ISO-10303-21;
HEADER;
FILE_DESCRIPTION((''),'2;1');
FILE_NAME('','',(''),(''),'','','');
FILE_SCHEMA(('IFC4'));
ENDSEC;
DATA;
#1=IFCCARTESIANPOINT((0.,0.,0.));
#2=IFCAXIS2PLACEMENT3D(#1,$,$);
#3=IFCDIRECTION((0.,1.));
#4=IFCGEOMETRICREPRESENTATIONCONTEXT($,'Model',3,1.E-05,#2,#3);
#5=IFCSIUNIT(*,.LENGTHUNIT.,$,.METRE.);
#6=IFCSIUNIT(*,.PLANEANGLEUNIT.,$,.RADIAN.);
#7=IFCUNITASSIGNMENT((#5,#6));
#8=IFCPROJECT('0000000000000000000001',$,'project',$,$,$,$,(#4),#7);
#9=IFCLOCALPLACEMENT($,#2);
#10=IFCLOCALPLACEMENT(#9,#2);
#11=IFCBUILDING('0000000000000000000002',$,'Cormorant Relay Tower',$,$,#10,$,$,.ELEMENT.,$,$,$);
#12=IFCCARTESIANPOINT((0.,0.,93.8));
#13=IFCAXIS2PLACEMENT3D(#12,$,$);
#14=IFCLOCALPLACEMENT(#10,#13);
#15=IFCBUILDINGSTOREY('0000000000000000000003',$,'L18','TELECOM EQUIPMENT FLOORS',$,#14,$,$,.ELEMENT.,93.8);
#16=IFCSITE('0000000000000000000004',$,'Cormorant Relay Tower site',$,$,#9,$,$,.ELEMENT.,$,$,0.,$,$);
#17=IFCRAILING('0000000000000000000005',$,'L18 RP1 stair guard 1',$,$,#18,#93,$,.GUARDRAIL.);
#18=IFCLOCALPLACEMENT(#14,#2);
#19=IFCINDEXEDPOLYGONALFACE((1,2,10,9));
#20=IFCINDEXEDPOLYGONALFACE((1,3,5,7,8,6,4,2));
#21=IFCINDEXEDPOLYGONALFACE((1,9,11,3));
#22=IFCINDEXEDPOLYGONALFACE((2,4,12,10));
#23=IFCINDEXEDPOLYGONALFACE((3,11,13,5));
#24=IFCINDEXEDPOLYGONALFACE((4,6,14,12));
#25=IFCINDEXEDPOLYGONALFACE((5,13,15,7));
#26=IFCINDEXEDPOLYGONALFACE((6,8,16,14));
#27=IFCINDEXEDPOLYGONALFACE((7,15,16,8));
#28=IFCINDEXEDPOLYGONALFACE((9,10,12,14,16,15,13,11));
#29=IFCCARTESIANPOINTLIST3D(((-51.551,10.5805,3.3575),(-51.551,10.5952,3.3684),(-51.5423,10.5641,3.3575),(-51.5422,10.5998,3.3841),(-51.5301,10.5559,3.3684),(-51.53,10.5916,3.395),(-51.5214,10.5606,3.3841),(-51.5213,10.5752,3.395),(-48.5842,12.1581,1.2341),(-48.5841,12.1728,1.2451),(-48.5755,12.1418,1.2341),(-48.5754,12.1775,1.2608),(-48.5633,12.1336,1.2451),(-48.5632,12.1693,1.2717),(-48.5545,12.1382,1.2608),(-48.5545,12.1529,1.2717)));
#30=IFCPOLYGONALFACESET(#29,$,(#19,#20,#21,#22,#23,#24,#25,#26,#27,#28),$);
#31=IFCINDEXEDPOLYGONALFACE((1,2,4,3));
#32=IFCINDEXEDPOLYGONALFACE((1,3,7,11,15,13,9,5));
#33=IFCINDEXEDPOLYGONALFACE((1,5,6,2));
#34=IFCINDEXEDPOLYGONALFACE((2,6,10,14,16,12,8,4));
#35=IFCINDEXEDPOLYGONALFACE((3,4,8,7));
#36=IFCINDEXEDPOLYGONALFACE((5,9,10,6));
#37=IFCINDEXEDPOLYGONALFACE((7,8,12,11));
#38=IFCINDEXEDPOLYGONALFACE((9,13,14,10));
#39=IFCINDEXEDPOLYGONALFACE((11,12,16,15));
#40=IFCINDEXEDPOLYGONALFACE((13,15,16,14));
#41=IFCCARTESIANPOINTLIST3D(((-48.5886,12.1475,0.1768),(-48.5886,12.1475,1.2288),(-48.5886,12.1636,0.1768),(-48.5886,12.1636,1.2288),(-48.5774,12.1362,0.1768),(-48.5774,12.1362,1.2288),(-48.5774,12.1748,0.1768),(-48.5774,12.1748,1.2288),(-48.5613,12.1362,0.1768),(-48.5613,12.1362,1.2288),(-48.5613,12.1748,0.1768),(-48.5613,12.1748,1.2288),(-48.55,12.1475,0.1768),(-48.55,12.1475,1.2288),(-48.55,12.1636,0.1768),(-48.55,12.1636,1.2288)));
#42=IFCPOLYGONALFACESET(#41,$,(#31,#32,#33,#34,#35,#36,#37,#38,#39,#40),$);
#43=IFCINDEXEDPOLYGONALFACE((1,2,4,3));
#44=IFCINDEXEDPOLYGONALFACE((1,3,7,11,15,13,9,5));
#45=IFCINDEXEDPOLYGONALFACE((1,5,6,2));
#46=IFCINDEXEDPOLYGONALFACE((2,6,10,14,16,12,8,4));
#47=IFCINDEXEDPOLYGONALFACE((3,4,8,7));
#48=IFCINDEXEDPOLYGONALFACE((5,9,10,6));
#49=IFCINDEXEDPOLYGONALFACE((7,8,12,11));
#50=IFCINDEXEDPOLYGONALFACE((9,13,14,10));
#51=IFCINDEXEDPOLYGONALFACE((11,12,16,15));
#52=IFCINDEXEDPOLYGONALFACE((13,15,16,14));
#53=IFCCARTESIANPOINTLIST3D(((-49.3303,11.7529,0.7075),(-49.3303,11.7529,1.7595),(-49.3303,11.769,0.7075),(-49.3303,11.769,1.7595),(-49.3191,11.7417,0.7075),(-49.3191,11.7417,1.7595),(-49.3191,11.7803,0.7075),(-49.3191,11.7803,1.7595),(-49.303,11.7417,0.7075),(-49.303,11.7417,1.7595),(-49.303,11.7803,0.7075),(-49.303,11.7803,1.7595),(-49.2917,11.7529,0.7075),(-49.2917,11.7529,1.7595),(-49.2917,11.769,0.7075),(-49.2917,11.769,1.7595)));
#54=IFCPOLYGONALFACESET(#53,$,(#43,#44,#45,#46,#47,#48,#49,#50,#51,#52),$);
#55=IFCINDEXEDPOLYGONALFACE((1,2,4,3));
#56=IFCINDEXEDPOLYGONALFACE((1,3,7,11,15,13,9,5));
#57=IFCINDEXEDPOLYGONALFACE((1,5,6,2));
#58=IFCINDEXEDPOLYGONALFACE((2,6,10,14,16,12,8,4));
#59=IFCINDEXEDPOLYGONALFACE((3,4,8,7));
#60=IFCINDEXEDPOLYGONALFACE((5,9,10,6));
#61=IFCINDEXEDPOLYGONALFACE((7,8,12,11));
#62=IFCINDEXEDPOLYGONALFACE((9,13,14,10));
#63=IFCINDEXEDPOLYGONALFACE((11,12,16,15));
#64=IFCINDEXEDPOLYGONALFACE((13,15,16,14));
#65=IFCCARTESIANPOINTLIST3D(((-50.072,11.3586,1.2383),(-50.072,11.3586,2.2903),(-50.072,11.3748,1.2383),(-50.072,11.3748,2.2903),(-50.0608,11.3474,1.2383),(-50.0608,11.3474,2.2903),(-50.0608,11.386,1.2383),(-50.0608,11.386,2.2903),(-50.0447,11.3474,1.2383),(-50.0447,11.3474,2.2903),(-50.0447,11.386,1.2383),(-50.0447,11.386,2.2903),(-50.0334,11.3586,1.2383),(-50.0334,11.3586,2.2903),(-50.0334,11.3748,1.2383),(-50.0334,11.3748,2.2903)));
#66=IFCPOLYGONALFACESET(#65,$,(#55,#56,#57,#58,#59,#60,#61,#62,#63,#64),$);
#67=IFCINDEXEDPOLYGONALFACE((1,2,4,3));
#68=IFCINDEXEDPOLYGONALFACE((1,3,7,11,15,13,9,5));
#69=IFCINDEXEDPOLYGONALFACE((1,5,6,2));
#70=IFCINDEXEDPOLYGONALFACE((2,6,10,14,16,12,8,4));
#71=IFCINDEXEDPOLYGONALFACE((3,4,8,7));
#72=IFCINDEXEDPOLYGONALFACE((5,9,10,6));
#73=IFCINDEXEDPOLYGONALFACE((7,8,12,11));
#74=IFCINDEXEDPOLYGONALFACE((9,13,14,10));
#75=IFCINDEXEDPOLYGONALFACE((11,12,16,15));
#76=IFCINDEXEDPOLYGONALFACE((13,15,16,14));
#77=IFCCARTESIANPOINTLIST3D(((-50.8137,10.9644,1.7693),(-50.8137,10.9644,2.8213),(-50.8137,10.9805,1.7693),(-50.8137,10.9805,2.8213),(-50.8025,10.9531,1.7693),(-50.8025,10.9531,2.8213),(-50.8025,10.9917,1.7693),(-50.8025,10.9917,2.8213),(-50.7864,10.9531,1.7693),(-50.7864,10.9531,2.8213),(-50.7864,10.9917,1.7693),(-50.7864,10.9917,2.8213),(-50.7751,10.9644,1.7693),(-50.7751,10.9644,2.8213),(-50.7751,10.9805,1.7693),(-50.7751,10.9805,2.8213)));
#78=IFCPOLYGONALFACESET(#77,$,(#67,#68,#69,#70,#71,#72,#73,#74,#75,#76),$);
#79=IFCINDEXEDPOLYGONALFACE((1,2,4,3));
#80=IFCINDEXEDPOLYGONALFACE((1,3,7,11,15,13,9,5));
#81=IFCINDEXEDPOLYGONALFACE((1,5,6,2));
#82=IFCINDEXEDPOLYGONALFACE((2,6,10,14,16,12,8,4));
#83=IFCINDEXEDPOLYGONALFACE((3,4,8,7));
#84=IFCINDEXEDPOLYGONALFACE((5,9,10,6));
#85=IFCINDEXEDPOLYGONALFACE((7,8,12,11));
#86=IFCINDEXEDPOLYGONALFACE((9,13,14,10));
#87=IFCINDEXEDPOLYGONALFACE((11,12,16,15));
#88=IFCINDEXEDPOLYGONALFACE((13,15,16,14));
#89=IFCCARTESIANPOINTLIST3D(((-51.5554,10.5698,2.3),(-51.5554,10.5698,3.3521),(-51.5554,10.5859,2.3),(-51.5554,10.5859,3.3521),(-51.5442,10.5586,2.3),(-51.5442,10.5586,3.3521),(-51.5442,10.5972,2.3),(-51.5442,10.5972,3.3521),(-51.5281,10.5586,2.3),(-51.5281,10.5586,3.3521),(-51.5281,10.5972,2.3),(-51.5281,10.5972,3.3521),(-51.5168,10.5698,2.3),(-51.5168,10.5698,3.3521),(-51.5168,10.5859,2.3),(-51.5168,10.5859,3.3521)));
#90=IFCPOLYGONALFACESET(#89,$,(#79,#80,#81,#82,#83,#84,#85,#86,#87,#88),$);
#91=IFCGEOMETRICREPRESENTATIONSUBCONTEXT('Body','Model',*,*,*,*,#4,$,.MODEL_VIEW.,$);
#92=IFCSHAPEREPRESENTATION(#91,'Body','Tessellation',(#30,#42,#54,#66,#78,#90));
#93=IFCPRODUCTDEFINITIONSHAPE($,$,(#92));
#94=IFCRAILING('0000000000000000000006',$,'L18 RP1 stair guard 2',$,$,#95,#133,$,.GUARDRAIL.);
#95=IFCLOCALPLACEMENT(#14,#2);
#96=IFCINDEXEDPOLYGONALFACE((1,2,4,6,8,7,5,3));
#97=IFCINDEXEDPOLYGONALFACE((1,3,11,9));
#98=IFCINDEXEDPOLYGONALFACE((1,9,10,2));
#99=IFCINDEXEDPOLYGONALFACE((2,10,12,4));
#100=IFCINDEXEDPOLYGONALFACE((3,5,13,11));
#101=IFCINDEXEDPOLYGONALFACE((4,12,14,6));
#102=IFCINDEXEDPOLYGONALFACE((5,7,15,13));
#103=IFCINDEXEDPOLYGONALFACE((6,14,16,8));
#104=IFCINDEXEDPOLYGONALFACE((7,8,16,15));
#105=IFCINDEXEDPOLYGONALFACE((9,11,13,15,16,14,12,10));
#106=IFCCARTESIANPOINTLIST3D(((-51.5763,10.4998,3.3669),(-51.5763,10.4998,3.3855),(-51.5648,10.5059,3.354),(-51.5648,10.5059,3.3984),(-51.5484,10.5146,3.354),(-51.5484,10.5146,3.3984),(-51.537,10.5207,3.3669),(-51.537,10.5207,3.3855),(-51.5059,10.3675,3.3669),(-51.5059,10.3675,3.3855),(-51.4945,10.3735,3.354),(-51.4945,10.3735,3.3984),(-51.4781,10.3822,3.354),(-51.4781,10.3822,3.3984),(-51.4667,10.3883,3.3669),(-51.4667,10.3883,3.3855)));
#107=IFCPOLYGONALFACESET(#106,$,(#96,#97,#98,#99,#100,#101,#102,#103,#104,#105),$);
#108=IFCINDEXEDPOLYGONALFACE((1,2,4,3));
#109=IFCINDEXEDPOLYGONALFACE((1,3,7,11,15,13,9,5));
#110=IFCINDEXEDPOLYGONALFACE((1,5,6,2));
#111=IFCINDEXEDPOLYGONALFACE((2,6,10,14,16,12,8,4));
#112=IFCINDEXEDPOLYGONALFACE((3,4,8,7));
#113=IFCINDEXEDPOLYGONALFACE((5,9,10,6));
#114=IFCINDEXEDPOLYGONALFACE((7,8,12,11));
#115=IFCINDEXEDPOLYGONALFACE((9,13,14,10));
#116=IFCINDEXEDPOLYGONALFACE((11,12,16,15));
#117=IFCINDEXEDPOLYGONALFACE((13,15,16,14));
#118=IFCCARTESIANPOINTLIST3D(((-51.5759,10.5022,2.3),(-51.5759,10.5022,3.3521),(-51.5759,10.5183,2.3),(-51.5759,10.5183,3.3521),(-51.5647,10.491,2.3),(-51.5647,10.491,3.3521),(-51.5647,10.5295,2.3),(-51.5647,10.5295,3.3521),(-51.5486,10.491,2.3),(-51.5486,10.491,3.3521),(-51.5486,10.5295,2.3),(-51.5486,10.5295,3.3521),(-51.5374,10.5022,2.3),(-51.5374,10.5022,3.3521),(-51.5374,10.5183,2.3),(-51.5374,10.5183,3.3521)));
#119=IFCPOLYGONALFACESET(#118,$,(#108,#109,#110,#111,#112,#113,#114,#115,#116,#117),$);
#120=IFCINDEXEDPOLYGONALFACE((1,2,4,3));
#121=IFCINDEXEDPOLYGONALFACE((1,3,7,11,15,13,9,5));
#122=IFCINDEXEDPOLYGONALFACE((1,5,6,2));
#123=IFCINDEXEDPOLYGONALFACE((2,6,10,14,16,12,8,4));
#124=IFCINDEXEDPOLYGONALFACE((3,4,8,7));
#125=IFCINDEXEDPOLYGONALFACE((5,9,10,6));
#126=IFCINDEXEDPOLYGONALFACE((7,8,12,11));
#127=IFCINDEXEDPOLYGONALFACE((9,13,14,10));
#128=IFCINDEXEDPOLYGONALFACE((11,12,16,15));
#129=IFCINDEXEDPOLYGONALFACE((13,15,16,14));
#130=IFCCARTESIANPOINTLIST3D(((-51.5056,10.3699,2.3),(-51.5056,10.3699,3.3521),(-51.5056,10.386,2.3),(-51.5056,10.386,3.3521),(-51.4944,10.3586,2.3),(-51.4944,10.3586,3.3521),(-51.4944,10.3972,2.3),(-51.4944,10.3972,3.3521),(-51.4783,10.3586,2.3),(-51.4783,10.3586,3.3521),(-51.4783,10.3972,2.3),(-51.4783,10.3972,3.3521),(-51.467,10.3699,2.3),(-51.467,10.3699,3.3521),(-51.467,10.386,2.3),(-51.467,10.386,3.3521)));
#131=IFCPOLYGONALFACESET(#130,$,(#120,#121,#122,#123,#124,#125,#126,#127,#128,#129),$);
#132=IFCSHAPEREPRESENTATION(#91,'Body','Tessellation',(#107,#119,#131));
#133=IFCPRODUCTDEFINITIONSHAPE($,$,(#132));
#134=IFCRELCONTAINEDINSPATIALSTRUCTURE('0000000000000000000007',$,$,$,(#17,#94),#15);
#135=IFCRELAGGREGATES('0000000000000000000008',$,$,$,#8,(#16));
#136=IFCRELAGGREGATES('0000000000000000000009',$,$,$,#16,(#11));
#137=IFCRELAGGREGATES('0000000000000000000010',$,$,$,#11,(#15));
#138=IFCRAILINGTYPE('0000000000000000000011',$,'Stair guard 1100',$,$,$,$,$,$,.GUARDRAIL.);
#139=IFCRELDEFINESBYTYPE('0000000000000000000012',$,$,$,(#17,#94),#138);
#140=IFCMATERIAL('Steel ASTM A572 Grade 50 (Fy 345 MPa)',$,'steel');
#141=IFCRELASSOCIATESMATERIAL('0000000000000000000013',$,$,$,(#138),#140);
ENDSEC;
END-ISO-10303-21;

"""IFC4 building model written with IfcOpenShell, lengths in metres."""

from ifc_helpers import new_model, si_unit, direction, frame, origin, place, context, subcontext, project, spatial, polyline, outline, extrude, material, type_object, element, save


model = new_model("IFC4")

# Units and contexts
model_context = context("Model", 3, precision=1e-05, world=origin(), true_north=direction((0.0, 1.0)))
body_context = subcontext(model_context, "Body", "Model", "MODEL_VIEW")
ifc_project = project(units=[si_unit("LENGTHUNIT", "METRE"), si_unit("PLANEANGLEUNIT", "RADIAN")], contexts=[model_context])

# Site, building, storey
site_placement = place(None, origin())
site = spatial("IfcSite", under=ifc_project, at=site_placement, Name="Cormorant Relay Tower site", CompositionType="ELEMENT", RefElevation=0.0)
building_placement = place(site_placement, origin())
building = spatial("IfcBuilding", under=site, at=building_placement, Name="Cormorant Relay Tower", CompositionType="ELEMENT")
storey_placement = place(building_placement, frame((0.0, 0.0, 93.8)))
storey = spatial("IfcBuildingStorey", under=building, at=storey_placement, Name="L18", Description="TELECOM EQUIPMENT FLOORS", CompositionType="ELEMENT", Elevation=93.8)

# Railings
ifc_material_1 = material(Name="Steel ASTM A572 Grade 50 (Fy 345 MPa)", Category="steel")
railing_type_1 = type_object("IfcRailingType", Name="Stair guard 1100", PredefinedType="GUARDRAIL", material=ifc_material_1)
railing_1_placement = place(storey_placement, frame((-48.5693, 12.1555, 0.1768)))
element("IfcRailing", 1, at=railing_1_placement, inside=storey, type_object=railing_type_1, Name="L18 RP1 stair guard 1", PredefinedType="GUARDRAIL", context=body_context, shape_type="SweptSolid", body=[
    extrude(outline(polyline([(0.0222, 0.0093), (0.0093, 0.0222), (-0.0093, 0.0222), (-0.0222, 0.0093), (-0.0222, -0.0093), (-0.0093, -0.0222), (0.0093, -0.0222), (0.0222, -0.0093), (0.0222, 0.0093)])), frame((0.0, 0.0, 1.0762), z_axis=(-0.746398, -0.396908, 0.534186), x_axis=(0.469509, -0.882928, 0.0)), (0.0, 0.0, 1.0), 3.9749),
    extrude(outline(polyline([(0.0193, 0.0081), (0.0081, 0.0193), (-0.0081, 0.0193), (-0.0193, 0.0081), (-0.0193, -0.0081), (-0.0081, -0.0193), (0.0081, -0.0193), (0.0193, -0.0081), (0.0193, 0.0081)])), origin(), (0.0, 0.0, 1.0), 1.052),
    extrude(outline(polyline([(0.0193, 0.0081), (0.0081, 0.0193), (-0.0081, 0.0193), (-0.0193, 0.0081), (-0.0193, -0.0081), (-0.0081, -0.0193), (0.0081, -0.0193), (0.0193, -0.0081), (0.0193, 0.0081)])), frame((-0.7417, -0.3945, 0.5308)), (0.0, 0.0, 1.0), 1.052),
    extrude(outline(polyline([(0.0193, 0.0081), (0.0081, 0.0193), (-0.0081, 0.0193), (-0.0193, 0.0081), (-0.0193, -0.0081), (-0.0081, -0.0193), (0.0081, -0.0193), (0.0193, -0.0081), (0.0193, 0.0081)])), frame((-1.4834, -0.7888, 1.0615)), (0.0, 0.0, 1.0), 1.052),
    extrude(outline(polyline([(0.0193, 0.0081), (0.0081, 0.0193), (-0.0081, 0.0193), (-0.0193, 0.0081), (-0.0193, -0.0081), (-0.0081, -0.0193), (0.0081, -0.0193), (0.0193, -0.0081), (0.0193, 0.0081)])), frame((-2.2251, -1.1831, 1.5925)), (0.0, 0.0, 1.0), 1.052),
    extrude(outline(polyline([(0.0193, 0.0081), (0.0081, 0.0193), (-0.0081, 0.0193), (-0.0193, 0.0081), (-0.0193, -0.0081), (-0.0081, -0.0193), (0.0081, -0.0193), (0.0193, -0.0081), (0.0193, 0.0081)])), frame((-2.9668, -1.5776, 2.1233)), (0.0, 0.0, 1.0), 1.052),
])
railing_2_placement = place(storey_placement, frame((-51.5566, 10.5103, 2.3)))
element("IfcRailing", 2, at=railing_2_placement, inside=storey, type_object=railing_type_1, Name="L18 RP1 stair guard 2", PredefinedType="GUARDRAIL", context=body_context, shape_type="SweptSolid", body=[
    extrude(outline(polyline([(0.0222, 0.0093), (0.0093, 0.0222), (-0.0093, 0.0222), (-0.0222, 0.0093), (-0.0222, -0.0093), (-0.0093, -0.0222), (0.0093, -0.0222), (0.0222, -0.0093), (0.0222, 0.0093)])), frame((0.0, 0.0, 1.0762), z_axis=(0.469235, -0.883074, 0.0), x_axis=(0.883074, 0.469235, 0.0)), (0.0, 0.0, 1.0), 0.1499),
    extrude(outline(polyline([(0.0193, 0.0081), (0.0081, 0.0193), (-0.0081, 0.0193), (-0.0193, 0.0081), (-0.0193, -0.0081), (-0.0081, -0.0193), (0.0081, -0.0193), (0.0193, -0.0081), (0.0193, 0.0081)])), origin(), (0.0, 0.0, 1.0), 1.052),
    extrude(outline(polyline([(0.0193, 0.0081), (0.0081, 0.0193), (-0.0081, 0.0193), (-0.0193, 0.0081), (-0.0193, -0.0081), (-0.0081, -0.0193), (0.0081, -0.0193), (0.0193, -0.0081), (0.0193, 0.0081)])), frame((0.0703, -0.1323, 0.0)), (0.0, 0.0, 1.0), 1.052),
])

save(model, "model.ifc")
